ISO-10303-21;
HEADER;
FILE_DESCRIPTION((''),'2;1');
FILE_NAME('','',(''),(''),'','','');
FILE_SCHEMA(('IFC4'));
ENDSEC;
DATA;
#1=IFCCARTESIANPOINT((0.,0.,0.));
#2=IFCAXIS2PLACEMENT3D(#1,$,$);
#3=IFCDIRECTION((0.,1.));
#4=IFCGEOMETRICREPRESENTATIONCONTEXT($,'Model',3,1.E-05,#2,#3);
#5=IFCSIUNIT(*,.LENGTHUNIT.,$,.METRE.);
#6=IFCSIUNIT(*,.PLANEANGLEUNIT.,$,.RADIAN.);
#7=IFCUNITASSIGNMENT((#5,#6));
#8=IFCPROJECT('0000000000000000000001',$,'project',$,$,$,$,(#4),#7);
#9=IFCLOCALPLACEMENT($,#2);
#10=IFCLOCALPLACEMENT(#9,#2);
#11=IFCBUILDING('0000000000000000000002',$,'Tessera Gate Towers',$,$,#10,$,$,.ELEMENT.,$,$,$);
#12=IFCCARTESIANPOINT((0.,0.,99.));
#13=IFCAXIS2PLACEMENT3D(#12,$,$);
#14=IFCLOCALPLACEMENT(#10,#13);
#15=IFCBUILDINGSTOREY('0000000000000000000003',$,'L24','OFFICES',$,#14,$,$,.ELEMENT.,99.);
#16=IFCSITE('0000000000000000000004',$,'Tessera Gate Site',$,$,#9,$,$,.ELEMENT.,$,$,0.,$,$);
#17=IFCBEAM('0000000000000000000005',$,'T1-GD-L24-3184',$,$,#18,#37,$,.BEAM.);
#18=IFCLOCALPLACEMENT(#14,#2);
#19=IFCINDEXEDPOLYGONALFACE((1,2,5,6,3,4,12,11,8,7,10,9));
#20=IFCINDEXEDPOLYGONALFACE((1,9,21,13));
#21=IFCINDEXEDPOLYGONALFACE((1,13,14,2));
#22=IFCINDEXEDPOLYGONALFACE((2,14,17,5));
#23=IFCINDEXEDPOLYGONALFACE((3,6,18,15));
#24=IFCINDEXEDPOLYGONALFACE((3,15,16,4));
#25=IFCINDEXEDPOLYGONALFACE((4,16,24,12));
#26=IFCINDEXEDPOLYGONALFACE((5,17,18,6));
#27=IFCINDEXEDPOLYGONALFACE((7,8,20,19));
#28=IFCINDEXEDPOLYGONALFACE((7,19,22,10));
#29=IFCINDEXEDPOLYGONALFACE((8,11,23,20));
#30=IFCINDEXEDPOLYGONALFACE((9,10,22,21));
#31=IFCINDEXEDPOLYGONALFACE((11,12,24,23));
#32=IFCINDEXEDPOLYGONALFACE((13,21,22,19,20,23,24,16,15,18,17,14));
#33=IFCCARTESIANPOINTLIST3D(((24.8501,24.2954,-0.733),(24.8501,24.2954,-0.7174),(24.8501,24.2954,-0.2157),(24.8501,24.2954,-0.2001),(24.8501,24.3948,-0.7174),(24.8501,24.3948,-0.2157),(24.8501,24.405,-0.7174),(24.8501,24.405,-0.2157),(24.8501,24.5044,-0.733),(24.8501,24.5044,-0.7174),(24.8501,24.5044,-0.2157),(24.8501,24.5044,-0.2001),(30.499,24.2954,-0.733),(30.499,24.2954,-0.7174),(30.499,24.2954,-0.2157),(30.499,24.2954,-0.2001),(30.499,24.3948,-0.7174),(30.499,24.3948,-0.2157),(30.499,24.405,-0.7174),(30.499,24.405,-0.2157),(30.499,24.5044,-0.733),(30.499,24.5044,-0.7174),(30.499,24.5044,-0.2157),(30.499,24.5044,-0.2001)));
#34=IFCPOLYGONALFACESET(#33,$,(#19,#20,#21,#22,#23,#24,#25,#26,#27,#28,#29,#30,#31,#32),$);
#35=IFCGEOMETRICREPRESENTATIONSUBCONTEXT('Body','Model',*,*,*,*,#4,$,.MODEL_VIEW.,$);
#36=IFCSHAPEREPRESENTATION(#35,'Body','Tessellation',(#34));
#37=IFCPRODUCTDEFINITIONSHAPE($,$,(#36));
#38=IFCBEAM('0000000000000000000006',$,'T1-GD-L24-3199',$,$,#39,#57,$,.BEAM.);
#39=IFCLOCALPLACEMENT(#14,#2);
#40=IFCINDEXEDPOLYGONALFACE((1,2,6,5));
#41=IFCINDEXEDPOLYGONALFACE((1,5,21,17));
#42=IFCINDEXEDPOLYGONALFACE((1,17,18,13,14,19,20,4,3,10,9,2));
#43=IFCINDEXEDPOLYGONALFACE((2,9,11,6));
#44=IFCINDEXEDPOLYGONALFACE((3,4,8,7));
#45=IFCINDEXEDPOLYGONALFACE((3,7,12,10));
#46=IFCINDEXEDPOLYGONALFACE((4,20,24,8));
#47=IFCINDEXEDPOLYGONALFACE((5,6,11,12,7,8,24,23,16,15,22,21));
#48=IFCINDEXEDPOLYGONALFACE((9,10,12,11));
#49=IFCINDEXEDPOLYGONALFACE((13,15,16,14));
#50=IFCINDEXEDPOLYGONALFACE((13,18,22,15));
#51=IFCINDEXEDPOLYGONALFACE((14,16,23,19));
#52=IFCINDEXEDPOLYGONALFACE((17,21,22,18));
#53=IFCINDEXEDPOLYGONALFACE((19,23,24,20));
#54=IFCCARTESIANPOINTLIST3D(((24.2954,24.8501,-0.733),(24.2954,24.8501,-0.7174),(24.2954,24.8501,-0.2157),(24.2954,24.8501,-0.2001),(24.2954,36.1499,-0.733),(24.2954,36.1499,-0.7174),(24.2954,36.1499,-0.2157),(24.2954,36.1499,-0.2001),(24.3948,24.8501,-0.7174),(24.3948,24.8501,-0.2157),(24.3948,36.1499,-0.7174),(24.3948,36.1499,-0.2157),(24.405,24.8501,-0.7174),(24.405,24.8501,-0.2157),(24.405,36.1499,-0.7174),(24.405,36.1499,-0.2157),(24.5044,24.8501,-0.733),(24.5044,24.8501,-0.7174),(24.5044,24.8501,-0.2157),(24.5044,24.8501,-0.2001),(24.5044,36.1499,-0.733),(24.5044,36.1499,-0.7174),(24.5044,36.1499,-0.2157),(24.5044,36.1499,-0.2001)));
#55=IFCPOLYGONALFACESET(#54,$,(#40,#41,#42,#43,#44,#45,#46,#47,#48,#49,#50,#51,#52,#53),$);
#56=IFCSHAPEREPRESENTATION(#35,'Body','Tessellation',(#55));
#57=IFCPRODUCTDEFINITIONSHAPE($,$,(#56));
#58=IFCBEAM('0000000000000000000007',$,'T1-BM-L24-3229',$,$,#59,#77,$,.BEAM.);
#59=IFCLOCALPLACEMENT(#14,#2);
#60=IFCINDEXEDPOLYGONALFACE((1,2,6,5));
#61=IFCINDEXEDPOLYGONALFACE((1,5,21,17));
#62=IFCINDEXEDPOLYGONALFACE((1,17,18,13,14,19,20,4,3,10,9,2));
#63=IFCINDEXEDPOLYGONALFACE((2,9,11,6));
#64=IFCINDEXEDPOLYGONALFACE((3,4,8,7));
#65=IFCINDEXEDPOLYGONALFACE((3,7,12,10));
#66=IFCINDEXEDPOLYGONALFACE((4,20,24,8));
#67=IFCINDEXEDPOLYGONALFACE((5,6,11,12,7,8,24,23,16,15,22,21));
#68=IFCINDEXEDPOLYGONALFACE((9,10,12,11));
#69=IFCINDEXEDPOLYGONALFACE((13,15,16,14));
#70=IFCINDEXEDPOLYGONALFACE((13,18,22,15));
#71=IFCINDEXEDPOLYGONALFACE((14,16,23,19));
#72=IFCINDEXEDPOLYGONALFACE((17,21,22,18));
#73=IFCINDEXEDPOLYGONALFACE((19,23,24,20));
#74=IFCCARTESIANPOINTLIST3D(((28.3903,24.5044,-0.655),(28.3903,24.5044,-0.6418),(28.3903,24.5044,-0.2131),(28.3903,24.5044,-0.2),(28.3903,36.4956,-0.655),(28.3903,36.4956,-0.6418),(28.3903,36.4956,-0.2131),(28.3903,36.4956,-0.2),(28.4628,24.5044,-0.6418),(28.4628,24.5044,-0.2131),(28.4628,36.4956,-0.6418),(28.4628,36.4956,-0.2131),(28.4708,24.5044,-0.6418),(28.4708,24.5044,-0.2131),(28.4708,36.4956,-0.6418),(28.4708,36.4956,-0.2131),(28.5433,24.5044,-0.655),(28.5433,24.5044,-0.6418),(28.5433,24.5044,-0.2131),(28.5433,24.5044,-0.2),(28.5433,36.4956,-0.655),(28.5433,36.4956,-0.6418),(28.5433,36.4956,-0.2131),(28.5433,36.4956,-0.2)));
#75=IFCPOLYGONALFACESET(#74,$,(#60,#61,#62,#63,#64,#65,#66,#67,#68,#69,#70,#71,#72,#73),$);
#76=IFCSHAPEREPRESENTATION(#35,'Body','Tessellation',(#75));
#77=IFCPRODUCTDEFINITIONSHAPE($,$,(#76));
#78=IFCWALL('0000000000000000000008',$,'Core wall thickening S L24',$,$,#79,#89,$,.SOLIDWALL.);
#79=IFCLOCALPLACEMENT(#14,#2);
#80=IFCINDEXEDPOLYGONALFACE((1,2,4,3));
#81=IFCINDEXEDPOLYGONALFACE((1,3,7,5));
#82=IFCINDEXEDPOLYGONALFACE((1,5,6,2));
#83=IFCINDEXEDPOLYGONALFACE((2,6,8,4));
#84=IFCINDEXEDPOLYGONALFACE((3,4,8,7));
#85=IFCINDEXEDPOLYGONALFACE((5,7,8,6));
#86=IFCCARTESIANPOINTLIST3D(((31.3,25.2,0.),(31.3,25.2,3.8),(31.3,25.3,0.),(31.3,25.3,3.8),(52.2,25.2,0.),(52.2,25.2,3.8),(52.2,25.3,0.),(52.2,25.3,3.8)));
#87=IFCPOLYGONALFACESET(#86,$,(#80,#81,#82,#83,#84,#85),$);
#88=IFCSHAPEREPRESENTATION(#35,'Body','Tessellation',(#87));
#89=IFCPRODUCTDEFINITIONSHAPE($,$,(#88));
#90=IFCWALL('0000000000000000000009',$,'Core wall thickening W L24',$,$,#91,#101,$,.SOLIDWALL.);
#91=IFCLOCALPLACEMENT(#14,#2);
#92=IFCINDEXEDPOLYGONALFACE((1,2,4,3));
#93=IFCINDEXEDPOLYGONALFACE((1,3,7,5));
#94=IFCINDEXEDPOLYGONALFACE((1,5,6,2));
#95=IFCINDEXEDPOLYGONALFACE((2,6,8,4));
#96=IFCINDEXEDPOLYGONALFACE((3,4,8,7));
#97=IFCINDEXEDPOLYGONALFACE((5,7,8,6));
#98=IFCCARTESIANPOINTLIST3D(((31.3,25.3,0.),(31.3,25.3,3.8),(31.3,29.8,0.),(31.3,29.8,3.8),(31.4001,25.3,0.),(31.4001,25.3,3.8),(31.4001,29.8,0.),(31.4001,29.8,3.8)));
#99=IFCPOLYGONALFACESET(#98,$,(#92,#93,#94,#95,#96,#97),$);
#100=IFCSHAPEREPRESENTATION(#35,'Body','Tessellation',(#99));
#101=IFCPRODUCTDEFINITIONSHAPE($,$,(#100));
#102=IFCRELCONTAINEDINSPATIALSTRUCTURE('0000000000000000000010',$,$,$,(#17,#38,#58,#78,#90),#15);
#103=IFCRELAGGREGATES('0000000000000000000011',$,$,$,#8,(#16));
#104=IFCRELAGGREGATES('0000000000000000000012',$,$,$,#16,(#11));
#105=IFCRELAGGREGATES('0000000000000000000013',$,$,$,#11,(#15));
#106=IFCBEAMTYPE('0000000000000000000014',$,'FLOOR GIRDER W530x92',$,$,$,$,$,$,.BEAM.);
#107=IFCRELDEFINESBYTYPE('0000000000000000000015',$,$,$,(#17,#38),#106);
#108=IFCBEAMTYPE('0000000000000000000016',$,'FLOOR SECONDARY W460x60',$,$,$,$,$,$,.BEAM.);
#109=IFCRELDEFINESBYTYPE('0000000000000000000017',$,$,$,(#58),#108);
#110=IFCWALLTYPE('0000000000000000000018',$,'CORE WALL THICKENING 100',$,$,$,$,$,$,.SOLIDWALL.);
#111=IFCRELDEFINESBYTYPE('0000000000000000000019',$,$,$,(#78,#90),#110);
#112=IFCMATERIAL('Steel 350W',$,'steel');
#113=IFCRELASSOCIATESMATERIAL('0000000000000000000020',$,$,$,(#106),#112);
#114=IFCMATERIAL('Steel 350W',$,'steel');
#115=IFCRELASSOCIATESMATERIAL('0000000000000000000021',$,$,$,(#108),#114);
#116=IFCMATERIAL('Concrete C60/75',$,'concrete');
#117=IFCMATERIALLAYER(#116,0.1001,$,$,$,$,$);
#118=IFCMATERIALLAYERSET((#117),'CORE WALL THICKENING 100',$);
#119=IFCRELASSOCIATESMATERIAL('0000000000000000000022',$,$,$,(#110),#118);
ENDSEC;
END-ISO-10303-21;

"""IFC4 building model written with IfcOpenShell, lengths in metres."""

from ifc_helpers import new_model, si_unit, direction, frame, frame_2d, origin, origin_2d, place, context, subcontext, project, spatial, rectangle, i_section, extrude, material, layer, layer_set, material_profile, profile_set, type_object, element, save


model = new_model("IFC4")

# Units and contexts
model_context = context("Model", 3, precision=1e-05, world=origin(), true_north=direction((0.0, 1.0)))
body_context = subcontext(model_context, "Body", "Model", "MODEL_VIEW")
ifc_project = project(units=[si_unit("LENGTHUNIT", "METRE"), si_unit("PLANEANGLEUNIT", "RADIAN")], contexts=[model_context])

# Site, building, storey
site_placement = place(None, origin())
site = spatial("IfcSite", under=ifc_project, at=site_placement, Name="Tessera Gate Site", CompositionType="ELEMENT", RefElevation=0.0)
building_placement = place(site_placement, origin())
building = spatial("IfcBuilding", under=site, at=building_placement, Name="Tessera Gate Towers", CompositionType="ELEMENT")
storey_placement = place(building_placement, frame((0.0, 0.0, 99.0)))
storey = spatial("IfcBuildingStorey", under=building, at=storey_placement, Name="L24", Description="OFFICES", CompositionType="ELEMENT", Elevation=99.0)

# Beams
ifc_material_1 = material(Name="Steel 350W", Category="steel")
ifc_material_profile_1 = material_profile(ifc_material_1, i_section(OverallWidth=0.209, OverallDepth=0.533, WebThickness=0.0103, FlangeThickness=0.0156, at=origin_2d()), Name="W530x92")
ifc_profile_set_1 = profile_set([ifc_material_profile_1], Name="Steel 350W")
beam_type_1 = type_object("IfcBeamType", Name="FLOOR GIRDER W530x92", PredefinedType="BEAM", material=ifc_profile_set_1)
beam_1_placement = place(storey_placement, frame((24.8501, 24.3999, -0.4666), z_axis=(1.0, 0.0, 0.0), x_axis=(0.0, 1.0, 0.0)))
element("IfcBeam", 1, at=beam_1_placement, inside=storey, type_object=beam_type_1, Name="T1-GD-L24-3184", PredefinedType="BEAM", context=body_context, shape_type="SweptSolid", body=[
    extrude(i_section(OverallWidth=0.209, OverallDepth=0.533, WebThickness=0.0103, FlangeThickness=0.0156, at=origin_2d()), origin(), (0.0, 0.0, 1.0), 5.6489),
])
beam_2_placement = place(storey_placement, frame((24.3999, 24.8501, -0.4666), z_axis=(0.0, 1.0, 0.0), x_axis=(-1.0, 0.0, 0.0)))
element("IfcBeam", 2, at=beam_2_placement, inside=storey, type_object=beam_type_1, Name="T1-GD-L24-3199", PredefinedType="BEAM", context=body_context, shape_type="SweptSolid", body=[
    extrude(i_section(OverallWidth=0.209, OverallDepth=0.533, WebThickness=0.0103, FlangeThickness=0.0156, at=origin_2d()), origin(), (0.0, 0.0, 1.0), 11.2998),
])
ifc_material_2 = material(Name="Steel 350W", Category="steel")
ifc_material_profile_2 = material_profile(ifc_material_2, i_section(OverallWidth=0.1531, OverallDepth=0.4551, WebThickness=0.0081, FlangeThickness=0.0132, at=origin_2d()), Name="W460x60")
ifc_profile_set_2 = profile_set([ifc_material_profile_2], Name="Steel 350W")
beam_type_2 = type_object("IfcBeamType", Name="FLOOR SECONDARY W460x60", PredefinedType="BEAM", material=ifc_profile_set_2)
beam_3_placement = place(storey_placement, frame((28.4668, 24.5044, -0.4275), z_axis=(0.0, 1.0, 0.0), x_axis=(-1.0, 0.0, 0.0)))
element("IfcBeam", 3, at=beam_3_placement, inside=storey, type_object=beam_type_2, Name="T1-BM-L24-3229", PredefinedType="BEAM", context=body_context, shape_type="SweptSolid", body=[
    extrude(i_section(OverallWidth=0.1531, OverallDepth=0.4551, WebThickness=0.0081, FlangeThickness=0.0132, at=origin_2d()), origin(), (0.0, 0.0, 1.0), 11.9912),
])

# Walls
ifc_material_3 = material(Name="Concrete C60/75", Category="concrete")
ifc_layer_1 = layer(ifc_material_3, 0.1001)
ifc_layer_set_1 = layer_set([ifc_layer_1], Name="CORE WALL THICKENING 100")
wall_type_1 = type_object("IfcWallType", Name="CORE WALL THICKENING 100", PredefinedType="SOLIDWALL", material=ifc_layer_set_1)
wall_1_placement = place(storey_placement, frame((31.3, 25.25, 0.0), z_axis=(0.0, 0.0, 1.0), x_axis=(1.0, 0.0, 0.0)))
element("IfcWall", 4, at=wall_1_placement, inside=storey, type_object=wall_type_1, Name="Core wall thickening S L24", PredefinedType="SOLIDWALL", context=body_context, shape_type="SweptSolid", body=[
    extrude(rectangle(XDim=20.8999, YDim=0.1001, at=frame_2d((10.45, 0.0))), origin(), (0.0, 0.0, 1.0), 3.8),
])
wall_2_placement = place(storey_placement, frame((31.3501, 25.3, 0.0), z_axis=(0.0, 0.0, 1.0), x_axis=(0.0, 1.0, 0.0)))
element("IfcWall", 5, at=wall_2_placement, inside=storey, type_object=wall_type_1, Name="Core wall thickening W L24", PredefinedType="SOLIDWALL", context=body_context, shape_type="SweptSolid", body=[
    extrude(rectangle(XDim=4.5, YDim=0.1001, at=frame_2d((2.25, 0.0))), origin(), (0.0, 0.0, 1.0), 3.8),
])

save(model, "model.ifc")
